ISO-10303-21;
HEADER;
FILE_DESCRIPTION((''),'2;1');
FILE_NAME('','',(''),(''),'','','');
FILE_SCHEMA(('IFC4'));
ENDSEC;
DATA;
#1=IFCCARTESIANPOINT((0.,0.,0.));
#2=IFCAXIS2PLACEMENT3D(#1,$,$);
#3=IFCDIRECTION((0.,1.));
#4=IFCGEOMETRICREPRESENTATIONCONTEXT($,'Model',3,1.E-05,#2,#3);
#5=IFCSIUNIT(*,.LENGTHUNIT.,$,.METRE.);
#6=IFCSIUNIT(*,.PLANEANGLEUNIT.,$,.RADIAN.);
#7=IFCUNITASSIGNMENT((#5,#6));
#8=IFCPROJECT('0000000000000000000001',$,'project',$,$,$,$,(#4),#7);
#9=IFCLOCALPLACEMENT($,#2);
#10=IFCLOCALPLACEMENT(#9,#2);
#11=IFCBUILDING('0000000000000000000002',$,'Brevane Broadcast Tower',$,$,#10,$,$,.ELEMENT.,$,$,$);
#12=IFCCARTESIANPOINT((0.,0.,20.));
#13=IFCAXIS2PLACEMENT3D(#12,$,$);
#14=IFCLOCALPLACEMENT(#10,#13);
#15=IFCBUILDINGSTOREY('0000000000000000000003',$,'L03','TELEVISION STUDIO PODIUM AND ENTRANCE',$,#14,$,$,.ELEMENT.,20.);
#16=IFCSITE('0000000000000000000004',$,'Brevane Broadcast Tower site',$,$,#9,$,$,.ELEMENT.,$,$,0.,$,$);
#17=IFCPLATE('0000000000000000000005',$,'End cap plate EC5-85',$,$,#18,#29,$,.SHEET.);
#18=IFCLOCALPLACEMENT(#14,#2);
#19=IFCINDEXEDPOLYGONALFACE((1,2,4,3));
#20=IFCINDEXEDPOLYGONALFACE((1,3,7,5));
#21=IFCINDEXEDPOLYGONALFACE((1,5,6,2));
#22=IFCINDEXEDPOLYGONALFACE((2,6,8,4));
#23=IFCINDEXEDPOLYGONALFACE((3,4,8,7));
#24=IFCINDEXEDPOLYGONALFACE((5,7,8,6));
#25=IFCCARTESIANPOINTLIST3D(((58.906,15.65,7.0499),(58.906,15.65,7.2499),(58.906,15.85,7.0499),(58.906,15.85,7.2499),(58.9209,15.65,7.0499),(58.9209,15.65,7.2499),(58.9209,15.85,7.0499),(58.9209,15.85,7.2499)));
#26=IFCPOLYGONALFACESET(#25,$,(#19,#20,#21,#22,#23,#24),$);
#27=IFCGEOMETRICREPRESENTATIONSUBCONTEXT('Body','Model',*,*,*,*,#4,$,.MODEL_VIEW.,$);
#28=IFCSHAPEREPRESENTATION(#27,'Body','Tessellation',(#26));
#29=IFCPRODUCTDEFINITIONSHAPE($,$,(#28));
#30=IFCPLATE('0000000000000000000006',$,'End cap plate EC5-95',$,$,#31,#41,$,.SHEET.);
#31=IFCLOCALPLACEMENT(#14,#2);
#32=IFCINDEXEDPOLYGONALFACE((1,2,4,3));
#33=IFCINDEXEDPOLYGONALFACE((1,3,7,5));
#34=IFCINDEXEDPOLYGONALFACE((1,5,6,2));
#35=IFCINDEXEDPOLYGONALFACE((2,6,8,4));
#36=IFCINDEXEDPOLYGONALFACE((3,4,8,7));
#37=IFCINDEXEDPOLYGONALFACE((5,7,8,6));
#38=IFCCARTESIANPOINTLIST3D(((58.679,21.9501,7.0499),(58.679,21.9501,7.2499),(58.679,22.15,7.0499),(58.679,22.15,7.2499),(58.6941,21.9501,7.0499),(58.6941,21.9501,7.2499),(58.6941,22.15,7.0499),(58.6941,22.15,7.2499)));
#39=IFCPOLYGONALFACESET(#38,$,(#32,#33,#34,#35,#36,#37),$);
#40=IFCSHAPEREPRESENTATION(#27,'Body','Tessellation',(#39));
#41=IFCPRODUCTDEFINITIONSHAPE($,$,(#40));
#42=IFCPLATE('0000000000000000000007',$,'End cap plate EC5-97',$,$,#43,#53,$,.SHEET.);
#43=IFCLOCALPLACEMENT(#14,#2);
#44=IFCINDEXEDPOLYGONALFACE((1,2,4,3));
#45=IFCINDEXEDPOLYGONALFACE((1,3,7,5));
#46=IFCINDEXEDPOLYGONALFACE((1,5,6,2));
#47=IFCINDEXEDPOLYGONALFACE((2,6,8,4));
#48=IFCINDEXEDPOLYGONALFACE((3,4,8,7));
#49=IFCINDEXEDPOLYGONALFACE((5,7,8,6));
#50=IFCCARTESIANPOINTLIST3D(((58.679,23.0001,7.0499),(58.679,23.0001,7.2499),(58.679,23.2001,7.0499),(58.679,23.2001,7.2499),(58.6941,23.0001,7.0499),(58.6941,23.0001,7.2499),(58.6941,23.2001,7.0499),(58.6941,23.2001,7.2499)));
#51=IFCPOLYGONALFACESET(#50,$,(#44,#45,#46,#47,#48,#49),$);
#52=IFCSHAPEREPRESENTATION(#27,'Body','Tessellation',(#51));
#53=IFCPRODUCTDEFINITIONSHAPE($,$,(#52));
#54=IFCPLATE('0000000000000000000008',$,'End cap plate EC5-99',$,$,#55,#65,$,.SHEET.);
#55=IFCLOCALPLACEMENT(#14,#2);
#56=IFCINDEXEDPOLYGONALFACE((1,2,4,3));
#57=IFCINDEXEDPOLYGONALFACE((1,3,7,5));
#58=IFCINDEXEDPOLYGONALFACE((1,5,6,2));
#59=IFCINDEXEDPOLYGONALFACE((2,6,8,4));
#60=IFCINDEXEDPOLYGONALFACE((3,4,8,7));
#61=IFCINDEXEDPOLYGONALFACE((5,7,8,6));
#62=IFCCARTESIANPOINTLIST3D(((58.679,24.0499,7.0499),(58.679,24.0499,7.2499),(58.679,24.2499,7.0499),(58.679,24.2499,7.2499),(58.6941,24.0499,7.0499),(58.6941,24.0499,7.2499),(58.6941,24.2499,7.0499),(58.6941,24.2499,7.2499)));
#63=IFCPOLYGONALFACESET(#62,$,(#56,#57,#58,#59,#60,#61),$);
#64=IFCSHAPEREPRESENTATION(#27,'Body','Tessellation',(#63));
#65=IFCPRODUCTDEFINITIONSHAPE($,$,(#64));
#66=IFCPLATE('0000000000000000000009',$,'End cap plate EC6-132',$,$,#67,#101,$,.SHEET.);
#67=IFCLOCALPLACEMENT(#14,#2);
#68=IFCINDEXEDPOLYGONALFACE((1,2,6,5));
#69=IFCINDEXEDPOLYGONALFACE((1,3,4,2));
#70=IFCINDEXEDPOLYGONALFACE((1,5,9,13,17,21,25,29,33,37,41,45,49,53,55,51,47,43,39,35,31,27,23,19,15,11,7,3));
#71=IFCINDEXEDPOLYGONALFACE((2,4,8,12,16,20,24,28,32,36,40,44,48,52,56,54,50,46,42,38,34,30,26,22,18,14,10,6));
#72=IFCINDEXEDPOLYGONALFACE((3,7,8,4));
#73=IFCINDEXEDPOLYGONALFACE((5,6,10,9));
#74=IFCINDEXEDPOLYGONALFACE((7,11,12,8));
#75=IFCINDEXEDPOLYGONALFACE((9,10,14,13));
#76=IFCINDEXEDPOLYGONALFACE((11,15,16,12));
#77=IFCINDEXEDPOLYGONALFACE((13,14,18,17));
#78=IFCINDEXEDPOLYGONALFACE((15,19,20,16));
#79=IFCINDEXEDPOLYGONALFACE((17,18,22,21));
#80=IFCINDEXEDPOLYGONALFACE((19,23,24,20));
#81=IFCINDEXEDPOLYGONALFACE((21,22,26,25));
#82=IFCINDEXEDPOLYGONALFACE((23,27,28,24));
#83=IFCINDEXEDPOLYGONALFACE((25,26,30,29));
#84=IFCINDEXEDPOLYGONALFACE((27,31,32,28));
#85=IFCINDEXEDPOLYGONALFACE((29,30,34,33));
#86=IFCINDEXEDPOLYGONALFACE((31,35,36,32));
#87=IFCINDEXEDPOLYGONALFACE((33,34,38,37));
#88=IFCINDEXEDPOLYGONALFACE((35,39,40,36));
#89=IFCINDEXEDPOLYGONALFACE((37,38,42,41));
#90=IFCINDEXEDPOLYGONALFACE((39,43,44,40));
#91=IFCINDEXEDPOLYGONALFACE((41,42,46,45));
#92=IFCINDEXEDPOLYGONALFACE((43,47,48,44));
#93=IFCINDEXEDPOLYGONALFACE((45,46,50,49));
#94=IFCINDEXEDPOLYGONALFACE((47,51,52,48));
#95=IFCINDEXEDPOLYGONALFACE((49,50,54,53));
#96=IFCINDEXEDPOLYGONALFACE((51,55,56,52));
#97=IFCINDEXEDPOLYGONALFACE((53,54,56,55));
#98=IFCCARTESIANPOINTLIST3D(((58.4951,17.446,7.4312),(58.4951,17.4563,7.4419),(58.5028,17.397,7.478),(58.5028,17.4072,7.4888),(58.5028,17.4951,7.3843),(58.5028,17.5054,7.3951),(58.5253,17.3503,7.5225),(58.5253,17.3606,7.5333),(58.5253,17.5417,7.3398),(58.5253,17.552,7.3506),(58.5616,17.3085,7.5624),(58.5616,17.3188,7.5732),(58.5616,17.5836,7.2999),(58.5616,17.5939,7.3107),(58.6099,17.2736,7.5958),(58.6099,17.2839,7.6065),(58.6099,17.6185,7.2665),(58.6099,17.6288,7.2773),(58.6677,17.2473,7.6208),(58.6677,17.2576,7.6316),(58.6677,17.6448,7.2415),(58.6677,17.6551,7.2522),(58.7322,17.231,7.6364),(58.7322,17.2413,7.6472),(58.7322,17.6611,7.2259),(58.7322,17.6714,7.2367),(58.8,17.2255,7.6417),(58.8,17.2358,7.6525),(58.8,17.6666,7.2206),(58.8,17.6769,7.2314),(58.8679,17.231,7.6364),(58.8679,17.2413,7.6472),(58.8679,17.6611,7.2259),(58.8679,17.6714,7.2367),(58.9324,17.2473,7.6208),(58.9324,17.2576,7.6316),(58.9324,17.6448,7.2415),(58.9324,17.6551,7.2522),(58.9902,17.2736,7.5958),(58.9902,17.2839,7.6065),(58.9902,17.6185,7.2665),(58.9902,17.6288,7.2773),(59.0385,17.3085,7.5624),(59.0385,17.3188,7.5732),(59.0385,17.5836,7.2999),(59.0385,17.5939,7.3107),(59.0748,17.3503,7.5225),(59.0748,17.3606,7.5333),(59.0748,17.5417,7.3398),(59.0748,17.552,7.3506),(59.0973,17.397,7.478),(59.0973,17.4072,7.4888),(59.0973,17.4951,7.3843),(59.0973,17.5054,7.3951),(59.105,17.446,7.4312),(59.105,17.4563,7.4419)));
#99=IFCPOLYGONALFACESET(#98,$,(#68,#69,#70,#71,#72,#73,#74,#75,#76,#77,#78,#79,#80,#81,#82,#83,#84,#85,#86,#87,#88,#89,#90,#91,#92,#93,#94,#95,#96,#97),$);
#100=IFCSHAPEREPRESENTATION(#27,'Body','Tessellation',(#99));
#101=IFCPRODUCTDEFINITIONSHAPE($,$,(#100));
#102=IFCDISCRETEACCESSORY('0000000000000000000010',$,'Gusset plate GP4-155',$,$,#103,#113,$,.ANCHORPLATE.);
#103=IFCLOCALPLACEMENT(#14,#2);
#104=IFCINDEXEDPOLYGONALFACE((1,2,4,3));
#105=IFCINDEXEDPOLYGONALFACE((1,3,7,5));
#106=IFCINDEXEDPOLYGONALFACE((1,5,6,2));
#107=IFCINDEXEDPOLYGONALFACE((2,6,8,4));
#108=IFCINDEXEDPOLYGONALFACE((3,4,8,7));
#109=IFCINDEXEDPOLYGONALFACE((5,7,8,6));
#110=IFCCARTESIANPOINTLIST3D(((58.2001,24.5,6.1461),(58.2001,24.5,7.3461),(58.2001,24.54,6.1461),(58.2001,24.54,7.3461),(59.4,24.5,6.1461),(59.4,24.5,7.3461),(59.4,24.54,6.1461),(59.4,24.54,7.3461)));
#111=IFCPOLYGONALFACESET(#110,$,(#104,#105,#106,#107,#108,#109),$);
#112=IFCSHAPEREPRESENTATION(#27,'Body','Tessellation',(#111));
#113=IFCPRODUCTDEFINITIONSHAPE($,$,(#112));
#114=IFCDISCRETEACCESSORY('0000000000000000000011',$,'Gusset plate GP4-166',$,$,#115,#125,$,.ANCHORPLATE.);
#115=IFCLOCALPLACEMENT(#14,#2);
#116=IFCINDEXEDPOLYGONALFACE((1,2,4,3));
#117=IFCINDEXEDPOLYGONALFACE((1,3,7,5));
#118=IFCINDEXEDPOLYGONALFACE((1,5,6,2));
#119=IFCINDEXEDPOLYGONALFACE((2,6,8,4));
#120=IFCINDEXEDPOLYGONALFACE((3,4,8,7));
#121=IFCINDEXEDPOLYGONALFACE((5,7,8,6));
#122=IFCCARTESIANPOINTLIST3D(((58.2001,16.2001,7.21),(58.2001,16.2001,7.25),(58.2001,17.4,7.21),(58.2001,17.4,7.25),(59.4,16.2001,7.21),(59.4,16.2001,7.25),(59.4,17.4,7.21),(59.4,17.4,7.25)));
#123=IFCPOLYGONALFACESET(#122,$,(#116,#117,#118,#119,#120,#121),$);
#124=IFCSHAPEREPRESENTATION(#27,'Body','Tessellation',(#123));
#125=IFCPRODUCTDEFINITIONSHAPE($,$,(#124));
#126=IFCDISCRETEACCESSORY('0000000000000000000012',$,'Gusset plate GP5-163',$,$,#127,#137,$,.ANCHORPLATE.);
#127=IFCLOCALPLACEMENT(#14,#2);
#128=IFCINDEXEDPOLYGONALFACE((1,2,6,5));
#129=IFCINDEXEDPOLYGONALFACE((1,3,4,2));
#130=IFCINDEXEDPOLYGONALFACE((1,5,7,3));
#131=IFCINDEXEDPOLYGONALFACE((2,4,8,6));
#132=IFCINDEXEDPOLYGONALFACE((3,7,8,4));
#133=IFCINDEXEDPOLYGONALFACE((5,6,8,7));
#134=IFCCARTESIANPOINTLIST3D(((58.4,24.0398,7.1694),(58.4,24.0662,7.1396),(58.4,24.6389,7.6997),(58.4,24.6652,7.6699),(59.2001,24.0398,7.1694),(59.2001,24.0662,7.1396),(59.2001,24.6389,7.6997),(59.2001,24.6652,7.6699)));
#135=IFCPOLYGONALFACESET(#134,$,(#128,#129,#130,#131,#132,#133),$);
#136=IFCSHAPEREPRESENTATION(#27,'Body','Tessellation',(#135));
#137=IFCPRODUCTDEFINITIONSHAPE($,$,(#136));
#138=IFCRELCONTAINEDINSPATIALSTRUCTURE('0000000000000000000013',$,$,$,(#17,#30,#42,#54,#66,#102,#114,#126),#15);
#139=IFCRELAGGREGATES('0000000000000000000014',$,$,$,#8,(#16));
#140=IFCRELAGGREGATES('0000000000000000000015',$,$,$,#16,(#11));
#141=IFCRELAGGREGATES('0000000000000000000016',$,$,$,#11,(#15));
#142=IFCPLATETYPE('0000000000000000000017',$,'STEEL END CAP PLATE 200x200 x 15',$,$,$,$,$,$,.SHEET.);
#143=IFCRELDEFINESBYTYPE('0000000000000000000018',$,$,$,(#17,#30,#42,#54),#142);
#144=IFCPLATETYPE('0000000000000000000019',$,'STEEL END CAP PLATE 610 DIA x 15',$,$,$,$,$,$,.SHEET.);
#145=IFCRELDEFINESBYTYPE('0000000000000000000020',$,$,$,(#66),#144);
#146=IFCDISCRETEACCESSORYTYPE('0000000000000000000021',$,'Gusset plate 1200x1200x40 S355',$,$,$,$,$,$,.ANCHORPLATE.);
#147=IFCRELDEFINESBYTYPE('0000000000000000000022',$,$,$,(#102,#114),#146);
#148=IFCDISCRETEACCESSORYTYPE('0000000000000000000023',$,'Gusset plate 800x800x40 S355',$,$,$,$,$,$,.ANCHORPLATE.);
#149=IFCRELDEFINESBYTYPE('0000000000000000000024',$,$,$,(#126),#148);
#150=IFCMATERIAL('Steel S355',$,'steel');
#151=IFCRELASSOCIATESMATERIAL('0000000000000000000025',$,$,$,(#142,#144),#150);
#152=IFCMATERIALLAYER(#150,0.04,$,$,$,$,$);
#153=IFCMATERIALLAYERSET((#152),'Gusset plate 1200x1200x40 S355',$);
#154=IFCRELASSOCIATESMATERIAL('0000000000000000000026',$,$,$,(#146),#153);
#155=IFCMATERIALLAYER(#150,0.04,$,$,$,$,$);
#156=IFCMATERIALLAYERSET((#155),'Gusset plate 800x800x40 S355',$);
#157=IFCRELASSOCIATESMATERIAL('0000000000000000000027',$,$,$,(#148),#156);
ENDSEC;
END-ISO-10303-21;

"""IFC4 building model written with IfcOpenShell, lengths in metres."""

from ifc_helpers import new_model, si_unit, direction, frame, origin, origin_2d, place, context, subcontext, project, spatial, rectangle, circle, extrude, material, layer, layer_set, material_profile, profile_set, type_object, element, save


model = new_model("IFC4")

# Units and contexts
model_context = context("Model", 3, precision=1e-05, world=origin(), true_north=direction((0.0, 1.0)))
body_context = subcontext(model_context, "Body", "Model", "MODEL_VIEW")
ifc_project = project(units=[si_unit("LENGTHUNIT", "METRE"), si_unit("PLANEANGLEUNIT", "RADIAN")], contexts=[model_context])

# Site, building, storey
site_placement = place(None, origin())
site = spatial("IfcSite", under=ifc_project, at=site_placement, Name="Brevane Broadcast Tower site", CompositionType="ELEMENT", RefElevation=0.0)
building_placement = place(site_placement, origin())
building = spatial("IfcBuilding", under=site, at=building_placement, Name="Brevane Broadcast Tower", CompositionType="ELEMENT")
storey_placement = place(building_placement, frame((0.0, 0.0, 20.0)))
storey = spatial("IfcBuildingStorey", under=building, at=storey_placement, Name="L03", Description="TELEVISION STUDIO PODIUM AND ENTRANCE", CompositionType="ELEMENT", Elevation=20.0)

# Shared definitions
ifc_material_1 = material(Name="Steel S355", Category="steel")

# Plates
ifc_material_profile_1 = material_profile(ifc_material_1, rectangle(XDim=0.2, YDim=0.2, at=origin_2d()), Name="PL 200x200 x 15")
ifc_profile_set_1 = profile_set([ifc_material_profile_1], Name="Steel S355")
plate_type_1 = type_object("IfcPlateType", Name="STEEL END CAP PLATE 200x200 x 15", PredefinedType="SHEET", material=ifc_profile_set_1)
plate_1_placement = place(storey_placement, frame((58.9209, 15.75, 7.1499), z_axis=(-1.0, 0.0, 0.0), x_axis=(0.0, -1.0, 0.0)))
element("IfcPlate", 1, at=plate_1_placement, inside=storey, type_object=plate_type_1, Name="End cap plate EC5-85", PredefinedType="SHEET", context=body_context, shape_type="SweptSolid", body=[
    extrude(rectangle(XDim=0.2, YDim=0.2, at=origin_2d()), origin(), (0.0, 0.0, 1.0), 0.0149),
])
for number, where, z_axis, x_axis, name in (
    (2, (58.679, 22.05, 7.1499), (1.0, 0.0, 0.0), (0.0, 1.0, 0.0), "End cap plate EC5-95"),
    (3, (58.679, 23.1001, 7.1499), (1.0, 0.0, 0.0), (0.0, 1.0, 0.0), "End cap plate EC5-97"),
    (4, (58.679, 24.1499, 7.1499), (1.0, 0.0, 0.0), (0.0, 1.0, 0.0), "End cap plate EC5-99"),
):
    element("IfcPlate", number, at=place(storey_placement, frame(where, z_axis=z_axis, x_axis=x_axis)), inside=storey, type_object=plate_type_1, Name=name, PredefinedType="SHEET", context=body_context, shape_type="SweptSolid", body=[
        extrude(rectangle(XDim=0.2, YDim=0.2, at=origin_2d()), origin(), (0.0, 0.0, 1.0), 0.0151),
    ])
ifc_material_profile_2 = material_profile(ifc_material_1, circle(Radius=0.3049, at=origin_2d()), Name="PL 610 DIA x 15")
ifc_profile_set_2 = profile_set([ifc_material_profile_2], Name="Steel S355")
plate_type_2 = type_object("IfcPlateType", Name="STEEL END CAP PLATE 610 DIA x 15", PredefinedType="SHEET", material=ifc_profile_set_2)
plate_2_placement = place(storey_placement, frame((58.8, 17.446, 7.4312), z_axis=(0.0, 0.690476, 0.723356), x_axis=(-1.0, 0.0, 0.0)))
element("IfcPlate", 5, at=plate_2_placement, inside=storey, type_object=plate_type_2, Name="End cap plate EC6-132", PredefinedType="SHEET", context=body_context, shape_type="SweptSolid", body=[
    extrude(circle(Radius=0.3049, at=origin_2d()), origin(), (0.0, 0.0, 1.0), 0.0149),
])

# Discrete accessories
ifc_layer_1 = layer(ifc_material_1, 0.04)
ifc_layer_set_1 = layer_set([ifc_layer_1], Name="Gusset plate 1200x1200x40 S355")
discrete_accessory_type_1 = type_object("IfcDiscreteAccessoryType", Name="Gusset plate 1200x1200x40 S355", PredefinedType="ANCHORPLATE", material=ifc_layer_set_1)
for number, where, z_axis, x_axis, name in (
    (6, (58.8, 24.5, 6.7461), (0.0, 1.0, 0.0), (-1.0, 0.0, 0.0), "Gusset plate GP4-155"),
    (7, (58.8, 16.8, 7.21), (0.0, 0.0, 1.0), (1.0, 0.0, 0.0), "Gusset plate GP4-166"),
):
    element("IfcDiscreteAccessory", number, at=place(storey_placement, frame(where, z_axis=z_axis, x_axis=x_axis)), inside=storey, type_object=discrete_accessory_type_1, Name=name, PredefinedType="ANCHORPLATE", context=body_context, shape_type="SweptSolid", body=[
        extrude(rectangle(XDim=1.2, YDim=1.2, at=origin_2d()), origin(), (0.0, 0.0, 1.0), 0.04),
    ])
ifc_layer_2 = layer(ifc_material_1, 0.04)
ifc_layer_set_2 = layer_set([ifc_layer_2], Name="Gusset plate 800x800x40 S355")
discrete_accessory_type_2 = type_object("IfcDiscreteAccessoryType", Name="Gusset plate 800x800x40 S355", PredefinedType="ANCHORPLATE", material=ifc_layer_set_2)
discrete_accessory_placement = place(storey_placement, frame((58.8, 24.3657, 7.4048), z_axis=(0.0, -0.662839, 0.748762), x_axis=(1.0, 0.0, 0.0)))
element("IfcDiscreteAccessory", 8, at=discrete_accessory_placement, inside=storey, type_object=discrete_accessory_type_2, Name="Gusset plate GP5-163", PredefinedType="ANCHORPLATE", context=body_context, shape_type="SweptSolid", body=[
    extrude(rectangle(XDim=0.8, YDim=0.8, at=origin_2d()), origin(), (0.0, 0.0, 1.0), 0.0398),
])

save(model, "model.ifc")
